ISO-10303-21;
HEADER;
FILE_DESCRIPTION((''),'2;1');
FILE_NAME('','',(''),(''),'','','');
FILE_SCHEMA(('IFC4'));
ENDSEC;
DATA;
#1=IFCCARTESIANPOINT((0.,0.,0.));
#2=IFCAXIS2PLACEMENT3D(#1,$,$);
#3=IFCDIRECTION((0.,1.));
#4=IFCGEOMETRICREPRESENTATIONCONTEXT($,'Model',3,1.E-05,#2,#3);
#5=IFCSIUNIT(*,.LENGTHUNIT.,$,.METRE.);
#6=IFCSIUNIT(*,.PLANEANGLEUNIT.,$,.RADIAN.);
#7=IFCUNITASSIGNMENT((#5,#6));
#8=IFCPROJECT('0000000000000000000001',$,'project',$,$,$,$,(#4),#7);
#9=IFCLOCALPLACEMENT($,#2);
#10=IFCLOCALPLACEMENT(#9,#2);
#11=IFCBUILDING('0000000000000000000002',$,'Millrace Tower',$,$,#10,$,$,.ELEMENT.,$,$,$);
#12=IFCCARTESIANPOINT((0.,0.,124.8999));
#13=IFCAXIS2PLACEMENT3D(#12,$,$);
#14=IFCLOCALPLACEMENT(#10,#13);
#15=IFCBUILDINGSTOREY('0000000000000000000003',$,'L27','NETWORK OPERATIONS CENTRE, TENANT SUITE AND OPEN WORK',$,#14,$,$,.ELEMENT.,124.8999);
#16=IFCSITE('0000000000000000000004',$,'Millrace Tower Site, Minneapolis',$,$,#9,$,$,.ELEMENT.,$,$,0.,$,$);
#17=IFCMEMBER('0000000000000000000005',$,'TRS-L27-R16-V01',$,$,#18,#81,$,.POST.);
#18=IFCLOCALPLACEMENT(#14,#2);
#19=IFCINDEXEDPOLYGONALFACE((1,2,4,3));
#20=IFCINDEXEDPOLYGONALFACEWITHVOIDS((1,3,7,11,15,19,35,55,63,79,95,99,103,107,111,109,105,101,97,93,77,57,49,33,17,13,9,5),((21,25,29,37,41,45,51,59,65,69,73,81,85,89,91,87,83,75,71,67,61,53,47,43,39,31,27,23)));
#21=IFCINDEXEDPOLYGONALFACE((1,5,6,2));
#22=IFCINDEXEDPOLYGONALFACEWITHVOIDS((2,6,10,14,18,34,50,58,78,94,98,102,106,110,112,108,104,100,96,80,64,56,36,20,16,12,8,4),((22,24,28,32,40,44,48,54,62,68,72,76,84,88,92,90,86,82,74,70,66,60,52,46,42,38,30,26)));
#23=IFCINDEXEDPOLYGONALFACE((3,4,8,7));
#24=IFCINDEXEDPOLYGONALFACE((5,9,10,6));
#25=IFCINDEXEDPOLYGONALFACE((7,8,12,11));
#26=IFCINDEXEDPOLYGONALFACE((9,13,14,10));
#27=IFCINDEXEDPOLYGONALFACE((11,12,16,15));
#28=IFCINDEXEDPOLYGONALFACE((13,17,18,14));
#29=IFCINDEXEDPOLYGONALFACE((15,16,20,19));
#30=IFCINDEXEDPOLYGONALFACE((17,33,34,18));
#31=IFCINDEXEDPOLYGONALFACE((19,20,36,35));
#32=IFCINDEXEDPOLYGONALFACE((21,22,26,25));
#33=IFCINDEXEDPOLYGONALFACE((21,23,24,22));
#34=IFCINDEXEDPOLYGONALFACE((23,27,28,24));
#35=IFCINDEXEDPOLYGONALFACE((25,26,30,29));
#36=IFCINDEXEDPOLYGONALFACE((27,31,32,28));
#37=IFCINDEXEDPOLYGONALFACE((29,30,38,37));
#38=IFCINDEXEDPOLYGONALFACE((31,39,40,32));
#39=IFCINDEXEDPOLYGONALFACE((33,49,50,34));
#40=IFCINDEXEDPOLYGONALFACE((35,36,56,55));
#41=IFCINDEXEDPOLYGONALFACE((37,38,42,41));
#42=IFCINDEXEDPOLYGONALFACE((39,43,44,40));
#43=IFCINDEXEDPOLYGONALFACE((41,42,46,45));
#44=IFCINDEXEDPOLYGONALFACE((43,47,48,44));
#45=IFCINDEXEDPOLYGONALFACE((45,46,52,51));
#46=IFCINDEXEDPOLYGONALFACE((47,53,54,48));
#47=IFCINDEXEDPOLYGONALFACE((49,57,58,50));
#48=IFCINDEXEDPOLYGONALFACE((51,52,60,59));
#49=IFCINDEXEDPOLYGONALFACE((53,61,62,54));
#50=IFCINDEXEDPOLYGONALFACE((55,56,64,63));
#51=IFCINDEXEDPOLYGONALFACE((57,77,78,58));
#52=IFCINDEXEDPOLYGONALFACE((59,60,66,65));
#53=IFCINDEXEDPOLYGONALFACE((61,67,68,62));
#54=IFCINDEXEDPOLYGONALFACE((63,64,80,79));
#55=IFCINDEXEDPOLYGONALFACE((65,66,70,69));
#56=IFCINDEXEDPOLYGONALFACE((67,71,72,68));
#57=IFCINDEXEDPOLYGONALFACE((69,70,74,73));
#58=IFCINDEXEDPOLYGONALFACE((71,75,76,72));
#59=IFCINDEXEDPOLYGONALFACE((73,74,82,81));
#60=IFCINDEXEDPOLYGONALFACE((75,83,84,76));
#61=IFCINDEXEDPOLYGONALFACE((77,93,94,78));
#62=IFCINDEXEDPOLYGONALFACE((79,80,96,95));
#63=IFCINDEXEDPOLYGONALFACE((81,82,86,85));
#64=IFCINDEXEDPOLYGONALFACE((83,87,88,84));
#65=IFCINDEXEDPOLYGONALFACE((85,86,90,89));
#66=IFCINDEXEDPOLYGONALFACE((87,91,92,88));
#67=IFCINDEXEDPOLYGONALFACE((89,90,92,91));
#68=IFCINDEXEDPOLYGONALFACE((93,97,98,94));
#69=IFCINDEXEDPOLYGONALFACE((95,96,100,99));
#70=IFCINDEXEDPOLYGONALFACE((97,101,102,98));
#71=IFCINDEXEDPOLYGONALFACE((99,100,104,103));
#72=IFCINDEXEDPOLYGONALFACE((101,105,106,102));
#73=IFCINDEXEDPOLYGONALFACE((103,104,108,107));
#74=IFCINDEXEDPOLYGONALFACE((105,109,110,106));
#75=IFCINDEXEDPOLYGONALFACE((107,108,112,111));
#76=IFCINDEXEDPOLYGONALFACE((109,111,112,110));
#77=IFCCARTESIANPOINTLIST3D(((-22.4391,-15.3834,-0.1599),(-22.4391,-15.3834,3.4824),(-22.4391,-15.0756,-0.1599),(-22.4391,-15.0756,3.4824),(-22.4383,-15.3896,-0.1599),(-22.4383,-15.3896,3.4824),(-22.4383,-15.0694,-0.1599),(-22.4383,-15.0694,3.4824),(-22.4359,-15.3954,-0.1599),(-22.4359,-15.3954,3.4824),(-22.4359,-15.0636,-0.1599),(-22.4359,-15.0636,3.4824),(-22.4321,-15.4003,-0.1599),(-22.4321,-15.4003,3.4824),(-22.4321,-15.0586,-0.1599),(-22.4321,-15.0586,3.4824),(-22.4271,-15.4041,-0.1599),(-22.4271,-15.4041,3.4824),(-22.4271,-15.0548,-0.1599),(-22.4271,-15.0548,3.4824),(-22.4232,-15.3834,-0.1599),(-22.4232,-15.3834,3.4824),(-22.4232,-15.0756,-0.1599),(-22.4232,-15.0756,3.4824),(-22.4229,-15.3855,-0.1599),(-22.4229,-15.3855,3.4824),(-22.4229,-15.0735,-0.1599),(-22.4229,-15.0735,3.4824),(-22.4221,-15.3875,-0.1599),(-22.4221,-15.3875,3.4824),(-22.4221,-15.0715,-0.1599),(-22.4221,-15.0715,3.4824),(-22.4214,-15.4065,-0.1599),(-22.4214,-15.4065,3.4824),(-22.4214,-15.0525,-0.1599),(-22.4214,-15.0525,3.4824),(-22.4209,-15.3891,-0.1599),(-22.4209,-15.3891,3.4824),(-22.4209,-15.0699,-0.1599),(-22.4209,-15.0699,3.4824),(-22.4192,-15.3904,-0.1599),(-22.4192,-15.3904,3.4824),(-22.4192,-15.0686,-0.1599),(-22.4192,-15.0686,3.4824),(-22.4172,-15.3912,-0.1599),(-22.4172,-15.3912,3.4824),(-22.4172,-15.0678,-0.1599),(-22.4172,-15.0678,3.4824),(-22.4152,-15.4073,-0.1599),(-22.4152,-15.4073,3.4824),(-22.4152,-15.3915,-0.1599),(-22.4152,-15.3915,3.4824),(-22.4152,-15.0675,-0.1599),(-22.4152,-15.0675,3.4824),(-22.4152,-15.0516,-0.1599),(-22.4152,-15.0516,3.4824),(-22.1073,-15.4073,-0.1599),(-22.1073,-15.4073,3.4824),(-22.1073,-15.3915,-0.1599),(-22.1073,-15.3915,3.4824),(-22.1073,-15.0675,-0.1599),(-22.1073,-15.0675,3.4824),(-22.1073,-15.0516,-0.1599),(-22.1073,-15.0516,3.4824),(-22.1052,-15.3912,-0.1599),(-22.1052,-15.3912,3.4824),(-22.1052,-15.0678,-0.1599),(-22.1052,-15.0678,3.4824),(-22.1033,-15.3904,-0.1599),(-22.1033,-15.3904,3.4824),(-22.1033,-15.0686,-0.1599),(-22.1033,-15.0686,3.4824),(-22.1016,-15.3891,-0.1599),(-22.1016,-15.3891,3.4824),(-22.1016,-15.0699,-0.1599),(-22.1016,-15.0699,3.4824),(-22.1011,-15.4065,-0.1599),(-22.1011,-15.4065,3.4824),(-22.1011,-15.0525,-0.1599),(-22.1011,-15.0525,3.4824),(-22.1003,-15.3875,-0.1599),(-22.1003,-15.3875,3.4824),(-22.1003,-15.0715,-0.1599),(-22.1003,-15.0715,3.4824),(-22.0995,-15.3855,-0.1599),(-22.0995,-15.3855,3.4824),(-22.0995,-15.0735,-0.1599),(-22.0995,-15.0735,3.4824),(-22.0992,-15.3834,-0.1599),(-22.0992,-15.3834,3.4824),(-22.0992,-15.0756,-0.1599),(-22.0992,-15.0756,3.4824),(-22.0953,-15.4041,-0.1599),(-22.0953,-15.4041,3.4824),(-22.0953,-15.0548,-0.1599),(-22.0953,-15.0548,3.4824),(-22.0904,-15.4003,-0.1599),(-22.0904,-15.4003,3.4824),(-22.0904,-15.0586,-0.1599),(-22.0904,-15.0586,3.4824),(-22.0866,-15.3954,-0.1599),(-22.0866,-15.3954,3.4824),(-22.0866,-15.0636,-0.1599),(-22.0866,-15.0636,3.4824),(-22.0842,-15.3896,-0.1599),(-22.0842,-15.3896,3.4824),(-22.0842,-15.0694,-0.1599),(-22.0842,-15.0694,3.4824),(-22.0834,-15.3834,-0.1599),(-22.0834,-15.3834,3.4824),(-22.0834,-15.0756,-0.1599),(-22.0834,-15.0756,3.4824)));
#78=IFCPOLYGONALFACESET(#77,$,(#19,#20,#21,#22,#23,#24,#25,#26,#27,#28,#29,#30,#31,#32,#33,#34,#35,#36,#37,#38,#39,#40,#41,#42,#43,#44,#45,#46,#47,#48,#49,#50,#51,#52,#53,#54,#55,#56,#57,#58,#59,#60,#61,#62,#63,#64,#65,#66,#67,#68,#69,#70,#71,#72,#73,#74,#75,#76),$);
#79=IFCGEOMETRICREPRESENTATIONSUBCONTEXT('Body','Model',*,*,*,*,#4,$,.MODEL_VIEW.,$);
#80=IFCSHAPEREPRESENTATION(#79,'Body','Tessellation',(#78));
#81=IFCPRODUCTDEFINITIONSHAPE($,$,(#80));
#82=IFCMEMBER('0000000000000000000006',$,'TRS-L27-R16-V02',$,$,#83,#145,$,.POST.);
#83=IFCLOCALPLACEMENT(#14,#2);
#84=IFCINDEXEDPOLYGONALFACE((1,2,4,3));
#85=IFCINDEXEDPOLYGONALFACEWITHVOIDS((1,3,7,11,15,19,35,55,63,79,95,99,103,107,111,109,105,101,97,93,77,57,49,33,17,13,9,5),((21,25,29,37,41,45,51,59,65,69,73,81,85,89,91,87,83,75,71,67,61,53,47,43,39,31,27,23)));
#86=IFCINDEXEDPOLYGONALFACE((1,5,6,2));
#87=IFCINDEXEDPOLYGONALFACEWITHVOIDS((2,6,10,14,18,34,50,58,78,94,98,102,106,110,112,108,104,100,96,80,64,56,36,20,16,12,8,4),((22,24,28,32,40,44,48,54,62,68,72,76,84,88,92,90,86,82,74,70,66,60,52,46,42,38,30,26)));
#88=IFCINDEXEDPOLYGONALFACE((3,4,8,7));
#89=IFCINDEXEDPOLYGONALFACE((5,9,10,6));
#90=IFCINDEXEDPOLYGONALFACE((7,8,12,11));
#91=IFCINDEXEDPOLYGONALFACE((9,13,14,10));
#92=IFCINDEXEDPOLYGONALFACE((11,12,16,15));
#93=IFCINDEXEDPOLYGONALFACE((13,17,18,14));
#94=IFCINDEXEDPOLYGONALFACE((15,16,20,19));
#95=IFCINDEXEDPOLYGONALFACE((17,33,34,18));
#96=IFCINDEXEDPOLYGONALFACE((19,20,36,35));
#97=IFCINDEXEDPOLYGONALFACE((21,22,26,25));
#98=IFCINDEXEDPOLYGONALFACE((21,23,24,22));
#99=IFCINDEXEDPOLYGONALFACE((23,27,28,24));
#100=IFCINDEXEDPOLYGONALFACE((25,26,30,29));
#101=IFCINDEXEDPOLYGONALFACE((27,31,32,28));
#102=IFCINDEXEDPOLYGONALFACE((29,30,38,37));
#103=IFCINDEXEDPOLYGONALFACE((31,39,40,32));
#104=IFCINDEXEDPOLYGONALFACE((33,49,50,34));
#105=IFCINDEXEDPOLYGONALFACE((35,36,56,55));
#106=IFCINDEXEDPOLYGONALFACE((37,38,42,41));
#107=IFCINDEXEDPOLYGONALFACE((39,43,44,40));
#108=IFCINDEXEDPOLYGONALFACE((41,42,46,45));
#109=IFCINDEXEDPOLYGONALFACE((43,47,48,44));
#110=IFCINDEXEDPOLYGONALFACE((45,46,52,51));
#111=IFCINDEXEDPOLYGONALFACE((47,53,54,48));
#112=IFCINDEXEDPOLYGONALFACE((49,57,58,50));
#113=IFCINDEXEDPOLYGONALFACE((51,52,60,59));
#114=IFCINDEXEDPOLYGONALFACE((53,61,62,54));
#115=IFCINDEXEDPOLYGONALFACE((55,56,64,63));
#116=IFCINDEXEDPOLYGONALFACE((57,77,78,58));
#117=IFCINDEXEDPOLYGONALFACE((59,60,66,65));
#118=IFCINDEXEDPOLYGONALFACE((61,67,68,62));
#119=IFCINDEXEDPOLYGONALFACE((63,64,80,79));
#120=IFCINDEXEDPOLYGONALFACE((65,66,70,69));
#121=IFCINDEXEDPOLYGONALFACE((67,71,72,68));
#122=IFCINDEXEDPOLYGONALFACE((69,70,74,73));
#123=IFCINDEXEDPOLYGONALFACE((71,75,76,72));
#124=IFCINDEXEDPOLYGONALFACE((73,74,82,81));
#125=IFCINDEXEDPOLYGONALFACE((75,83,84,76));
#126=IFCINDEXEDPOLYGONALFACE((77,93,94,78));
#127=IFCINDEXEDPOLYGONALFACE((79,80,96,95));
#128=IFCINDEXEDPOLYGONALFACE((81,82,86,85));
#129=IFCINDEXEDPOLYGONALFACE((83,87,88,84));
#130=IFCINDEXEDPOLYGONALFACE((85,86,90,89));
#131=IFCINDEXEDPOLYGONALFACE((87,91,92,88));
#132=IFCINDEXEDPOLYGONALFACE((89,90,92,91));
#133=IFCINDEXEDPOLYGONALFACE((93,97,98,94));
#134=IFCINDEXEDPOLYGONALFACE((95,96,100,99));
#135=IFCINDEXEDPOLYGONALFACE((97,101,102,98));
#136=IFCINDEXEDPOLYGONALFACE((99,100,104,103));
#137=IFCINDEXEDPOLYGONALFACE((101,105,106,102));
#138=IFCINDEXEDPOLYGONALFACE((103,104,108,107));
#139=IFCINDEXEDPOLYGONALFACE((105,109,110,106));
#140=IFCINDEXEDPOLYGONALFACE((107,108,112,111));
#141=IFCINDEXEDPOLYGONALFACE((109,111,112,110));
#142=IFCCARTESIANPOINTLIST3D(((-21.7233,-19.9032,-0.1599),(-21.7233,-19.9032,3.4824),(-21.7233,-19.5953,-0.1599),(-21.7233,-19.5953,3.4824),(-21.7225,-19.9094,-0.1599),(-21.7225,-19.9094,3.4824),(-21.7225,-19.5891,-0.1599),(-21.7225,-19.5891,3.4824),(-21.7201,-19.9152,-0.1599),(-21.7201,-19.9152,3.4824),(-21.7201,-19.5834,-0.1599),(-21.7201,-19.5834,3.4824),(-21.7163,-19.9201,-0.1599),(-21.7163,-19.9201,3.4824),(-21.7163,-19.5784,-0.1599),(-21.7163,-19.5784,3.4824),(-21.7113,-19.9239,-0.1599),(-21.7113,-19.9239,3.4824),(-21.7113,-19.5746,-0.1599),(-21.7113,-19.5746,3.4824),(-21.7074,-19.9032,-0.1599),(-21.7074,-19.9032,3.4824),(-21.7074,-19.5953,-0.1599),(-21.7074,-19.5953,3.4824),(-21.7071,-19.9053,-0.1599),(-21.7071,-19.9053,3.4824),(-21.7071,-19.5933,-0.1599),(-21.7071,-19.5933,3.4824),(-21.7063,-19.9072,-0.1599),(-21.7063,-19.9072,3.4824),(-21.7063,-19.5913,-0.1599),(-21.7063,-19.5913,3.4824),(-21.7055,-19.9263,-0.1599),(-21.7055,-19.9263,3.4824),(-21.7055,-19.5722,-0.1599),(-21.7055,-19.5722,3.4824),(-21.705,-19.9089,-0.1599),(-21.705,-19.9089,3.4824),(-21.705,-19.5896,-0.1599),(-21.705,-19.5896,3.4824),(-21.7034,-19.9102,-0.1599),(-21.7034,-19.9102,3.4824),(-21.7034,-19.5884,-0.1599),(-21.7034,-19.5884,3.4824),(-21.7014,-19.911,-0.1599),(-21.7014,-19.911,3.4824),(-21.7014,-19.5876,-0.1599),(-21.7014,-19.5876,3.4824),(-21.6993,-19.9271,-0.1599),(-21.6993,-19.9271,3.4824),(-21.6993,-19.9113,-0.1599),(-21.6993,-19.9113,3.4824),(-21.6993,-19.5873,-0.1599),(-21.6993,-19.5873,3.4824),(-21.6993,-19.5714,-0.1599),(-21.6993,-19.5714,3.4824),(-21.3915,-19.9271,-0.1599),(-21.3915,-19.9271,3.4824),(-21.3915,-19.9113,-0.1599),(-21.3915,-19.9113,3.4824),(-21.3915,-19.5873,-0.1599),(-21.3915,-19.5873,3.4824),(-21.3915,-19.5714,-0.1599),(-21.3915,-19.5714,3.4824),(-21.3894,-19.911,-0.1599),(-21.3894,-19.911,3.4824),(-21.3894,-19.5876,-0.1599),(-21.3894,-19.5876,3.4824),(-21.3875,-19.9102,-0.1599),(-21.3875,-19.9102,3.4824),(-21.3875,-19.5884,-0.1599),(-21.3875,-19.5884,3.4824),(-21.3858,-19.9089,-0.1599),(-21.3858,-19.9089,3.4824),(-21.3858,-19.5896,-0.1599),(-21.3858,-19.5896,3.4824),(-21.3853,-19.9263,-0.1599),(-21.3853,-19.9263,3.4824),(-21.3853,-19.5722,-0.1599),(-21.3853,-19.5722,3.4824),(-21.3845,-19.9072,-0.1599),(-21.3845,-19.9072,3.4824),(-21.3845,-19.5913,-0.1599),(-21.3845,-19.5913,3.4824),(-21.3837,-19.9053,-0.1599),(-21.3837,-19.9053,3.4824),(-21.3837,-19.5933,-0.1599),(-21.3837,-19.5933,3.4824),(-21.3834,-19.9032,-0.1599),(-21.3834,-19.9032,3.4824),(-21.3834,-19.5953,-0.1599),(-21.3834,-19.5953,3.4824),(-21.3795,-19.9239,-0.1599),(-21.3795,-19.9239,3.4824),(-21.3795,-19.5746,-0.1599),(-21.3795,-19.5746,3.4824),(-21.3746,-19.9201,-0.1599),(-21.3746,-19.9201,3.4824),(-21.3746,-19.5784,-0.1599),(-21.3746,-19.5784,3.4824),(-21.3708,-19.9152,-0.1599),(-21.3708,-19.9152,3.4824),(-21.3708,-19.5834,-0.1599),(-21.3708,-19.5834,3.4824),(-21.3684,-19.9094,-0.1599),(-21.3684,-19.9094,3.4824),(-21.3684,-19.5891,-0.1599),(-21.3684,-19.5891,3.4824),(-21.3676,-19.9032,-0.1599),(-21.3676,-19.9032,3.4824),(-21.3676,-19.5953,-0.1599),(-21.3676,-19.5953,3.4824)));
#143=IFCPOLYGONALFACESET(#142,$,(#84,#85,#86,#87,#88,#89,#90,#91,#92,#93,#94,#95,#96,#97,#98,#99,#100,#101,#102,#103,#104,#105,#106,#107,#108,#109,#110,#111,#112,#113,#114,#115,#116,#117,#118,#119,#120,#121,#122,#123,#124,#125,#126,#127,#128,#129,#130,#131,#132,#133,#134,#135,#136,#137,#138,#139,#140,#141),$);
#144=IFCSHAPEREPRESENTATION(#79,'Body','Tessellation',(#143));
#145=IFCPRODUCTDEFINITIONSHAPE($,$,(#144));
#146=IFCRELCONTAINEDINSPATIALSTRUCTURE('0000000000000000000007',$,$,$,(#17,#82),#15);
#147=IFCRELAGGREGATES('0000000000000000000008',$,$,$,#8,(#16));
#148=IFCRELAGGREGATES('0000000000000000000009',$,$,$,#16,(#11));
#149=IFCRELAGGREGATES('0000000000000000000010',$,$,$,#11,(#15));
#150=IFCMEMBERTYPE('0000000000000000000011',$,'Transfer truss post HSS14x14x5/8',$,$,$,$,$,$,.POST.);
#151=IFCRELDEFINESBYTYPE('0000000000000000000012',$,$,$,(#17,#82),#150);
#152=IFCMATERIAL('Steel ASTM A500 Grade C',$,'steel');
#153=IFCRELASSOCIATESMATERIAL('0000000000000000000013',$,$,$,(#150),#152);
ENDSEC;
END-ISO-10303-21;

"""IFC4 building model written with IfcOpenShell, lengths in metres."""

from ifc_helpers import new_model, si_unit, direction, frame, origin, origin_2d, place, context, subcontext, project, spatial, hollow_rectangle, extrude, material, material_profile, profile_set, type_object, element, save


model = new_model("IFC4")

# Units and contexts
model_context = context("Model", 3, precision=1e-05, world=origin(), true_north=direction((0.0, 1.0)))
body_context = subcontext(model_context, "Body", "Model", "MODEL_VIEW")
ifc_project = project(units=[si_unit("LENGTHUNIT", "METRE"), si_unit("PLANEANGLEUNIT", "RADIAN")], contexts=[model_context])

# Site, building, storey
site_placement = place(None, origin())
site = spatial("IfcSite", under=ifc_project, at=site_placement, Name="Millrace Tower Site, Minneapolis", CompositionType="ELEMENT", RefElevation=0.0)
building_placement = place(site_placement, origin())
building = spatial("IfcBuilding", under=site, at=building_placement, Name="Millrace Tower", CompositionType="ELEMENT")
storey_placement = place(building_placement, frame((0.0, 0.0, 124.8999)))
storey = spatial("IfcBuildingStorey", under=building, at=storey_placement, Name="L27", Description="NETWORK OPERATIONS CENTRE, TENANT SUITE AND OPEN WORK", CompositionType="ELEMENT", Elevation=124.8999)

# Members
ifc_material_1 = material(Name="Steel ASTM A500 Grade C", Category="steel")
ifc_material_profile_1 = material_profile(ifc_material_1, hollow_rectangle(XDim=0.3557, YDim=0.3557, WallThickness=0.0159, InnerFilletRadius=0.0081, OuterFilletRadius=0.0239, at=origin_2d()))
ifc_profile_set_1 = profile_set([ifc_material_profile_1], Name="Steel ASTM A500 Grade C")
member_type_1 = type_object("IfcMemberType", Name="Transfer truss post HSS14x14x5/8", PredefinedType="POST", material=ifc_profile_set_1)
for number, where, z_axis, x_axis, name in (
    (1, (-22.2612, -15.2295, -0.1599), (0.0, 0.0, 1.0), (1.0, 0.0, 0.0), "TRS-L27-R16-V01"),
    (2, (-21.5454, -19.7493, -0.1599), (0.0, 0.0, 1.0), (1.0, 0.0, 0.0), "TRS-L27-R16-V02"),
):
    element("IfcMember", number, at=place(storey_placement, frame(where, z_axis=z_axis, x_axis=x_axis)), inside=storey, type_object=member_type_1, Name=name, PredefinedType="POST", context=body_context, shape_type="SweptSolid", body=[
        extrude(hollow_rectangle(XDim=0.3557, YDim=0.3557, WallThickness=0.0159, InnerFilletRadius=0.0081, OuterFilletRadius=0.0239, at=origin_2d()), origin(), (0.0, 0.0, 1.0), 3.6423),
    ])

save(model, "model.ifc")
